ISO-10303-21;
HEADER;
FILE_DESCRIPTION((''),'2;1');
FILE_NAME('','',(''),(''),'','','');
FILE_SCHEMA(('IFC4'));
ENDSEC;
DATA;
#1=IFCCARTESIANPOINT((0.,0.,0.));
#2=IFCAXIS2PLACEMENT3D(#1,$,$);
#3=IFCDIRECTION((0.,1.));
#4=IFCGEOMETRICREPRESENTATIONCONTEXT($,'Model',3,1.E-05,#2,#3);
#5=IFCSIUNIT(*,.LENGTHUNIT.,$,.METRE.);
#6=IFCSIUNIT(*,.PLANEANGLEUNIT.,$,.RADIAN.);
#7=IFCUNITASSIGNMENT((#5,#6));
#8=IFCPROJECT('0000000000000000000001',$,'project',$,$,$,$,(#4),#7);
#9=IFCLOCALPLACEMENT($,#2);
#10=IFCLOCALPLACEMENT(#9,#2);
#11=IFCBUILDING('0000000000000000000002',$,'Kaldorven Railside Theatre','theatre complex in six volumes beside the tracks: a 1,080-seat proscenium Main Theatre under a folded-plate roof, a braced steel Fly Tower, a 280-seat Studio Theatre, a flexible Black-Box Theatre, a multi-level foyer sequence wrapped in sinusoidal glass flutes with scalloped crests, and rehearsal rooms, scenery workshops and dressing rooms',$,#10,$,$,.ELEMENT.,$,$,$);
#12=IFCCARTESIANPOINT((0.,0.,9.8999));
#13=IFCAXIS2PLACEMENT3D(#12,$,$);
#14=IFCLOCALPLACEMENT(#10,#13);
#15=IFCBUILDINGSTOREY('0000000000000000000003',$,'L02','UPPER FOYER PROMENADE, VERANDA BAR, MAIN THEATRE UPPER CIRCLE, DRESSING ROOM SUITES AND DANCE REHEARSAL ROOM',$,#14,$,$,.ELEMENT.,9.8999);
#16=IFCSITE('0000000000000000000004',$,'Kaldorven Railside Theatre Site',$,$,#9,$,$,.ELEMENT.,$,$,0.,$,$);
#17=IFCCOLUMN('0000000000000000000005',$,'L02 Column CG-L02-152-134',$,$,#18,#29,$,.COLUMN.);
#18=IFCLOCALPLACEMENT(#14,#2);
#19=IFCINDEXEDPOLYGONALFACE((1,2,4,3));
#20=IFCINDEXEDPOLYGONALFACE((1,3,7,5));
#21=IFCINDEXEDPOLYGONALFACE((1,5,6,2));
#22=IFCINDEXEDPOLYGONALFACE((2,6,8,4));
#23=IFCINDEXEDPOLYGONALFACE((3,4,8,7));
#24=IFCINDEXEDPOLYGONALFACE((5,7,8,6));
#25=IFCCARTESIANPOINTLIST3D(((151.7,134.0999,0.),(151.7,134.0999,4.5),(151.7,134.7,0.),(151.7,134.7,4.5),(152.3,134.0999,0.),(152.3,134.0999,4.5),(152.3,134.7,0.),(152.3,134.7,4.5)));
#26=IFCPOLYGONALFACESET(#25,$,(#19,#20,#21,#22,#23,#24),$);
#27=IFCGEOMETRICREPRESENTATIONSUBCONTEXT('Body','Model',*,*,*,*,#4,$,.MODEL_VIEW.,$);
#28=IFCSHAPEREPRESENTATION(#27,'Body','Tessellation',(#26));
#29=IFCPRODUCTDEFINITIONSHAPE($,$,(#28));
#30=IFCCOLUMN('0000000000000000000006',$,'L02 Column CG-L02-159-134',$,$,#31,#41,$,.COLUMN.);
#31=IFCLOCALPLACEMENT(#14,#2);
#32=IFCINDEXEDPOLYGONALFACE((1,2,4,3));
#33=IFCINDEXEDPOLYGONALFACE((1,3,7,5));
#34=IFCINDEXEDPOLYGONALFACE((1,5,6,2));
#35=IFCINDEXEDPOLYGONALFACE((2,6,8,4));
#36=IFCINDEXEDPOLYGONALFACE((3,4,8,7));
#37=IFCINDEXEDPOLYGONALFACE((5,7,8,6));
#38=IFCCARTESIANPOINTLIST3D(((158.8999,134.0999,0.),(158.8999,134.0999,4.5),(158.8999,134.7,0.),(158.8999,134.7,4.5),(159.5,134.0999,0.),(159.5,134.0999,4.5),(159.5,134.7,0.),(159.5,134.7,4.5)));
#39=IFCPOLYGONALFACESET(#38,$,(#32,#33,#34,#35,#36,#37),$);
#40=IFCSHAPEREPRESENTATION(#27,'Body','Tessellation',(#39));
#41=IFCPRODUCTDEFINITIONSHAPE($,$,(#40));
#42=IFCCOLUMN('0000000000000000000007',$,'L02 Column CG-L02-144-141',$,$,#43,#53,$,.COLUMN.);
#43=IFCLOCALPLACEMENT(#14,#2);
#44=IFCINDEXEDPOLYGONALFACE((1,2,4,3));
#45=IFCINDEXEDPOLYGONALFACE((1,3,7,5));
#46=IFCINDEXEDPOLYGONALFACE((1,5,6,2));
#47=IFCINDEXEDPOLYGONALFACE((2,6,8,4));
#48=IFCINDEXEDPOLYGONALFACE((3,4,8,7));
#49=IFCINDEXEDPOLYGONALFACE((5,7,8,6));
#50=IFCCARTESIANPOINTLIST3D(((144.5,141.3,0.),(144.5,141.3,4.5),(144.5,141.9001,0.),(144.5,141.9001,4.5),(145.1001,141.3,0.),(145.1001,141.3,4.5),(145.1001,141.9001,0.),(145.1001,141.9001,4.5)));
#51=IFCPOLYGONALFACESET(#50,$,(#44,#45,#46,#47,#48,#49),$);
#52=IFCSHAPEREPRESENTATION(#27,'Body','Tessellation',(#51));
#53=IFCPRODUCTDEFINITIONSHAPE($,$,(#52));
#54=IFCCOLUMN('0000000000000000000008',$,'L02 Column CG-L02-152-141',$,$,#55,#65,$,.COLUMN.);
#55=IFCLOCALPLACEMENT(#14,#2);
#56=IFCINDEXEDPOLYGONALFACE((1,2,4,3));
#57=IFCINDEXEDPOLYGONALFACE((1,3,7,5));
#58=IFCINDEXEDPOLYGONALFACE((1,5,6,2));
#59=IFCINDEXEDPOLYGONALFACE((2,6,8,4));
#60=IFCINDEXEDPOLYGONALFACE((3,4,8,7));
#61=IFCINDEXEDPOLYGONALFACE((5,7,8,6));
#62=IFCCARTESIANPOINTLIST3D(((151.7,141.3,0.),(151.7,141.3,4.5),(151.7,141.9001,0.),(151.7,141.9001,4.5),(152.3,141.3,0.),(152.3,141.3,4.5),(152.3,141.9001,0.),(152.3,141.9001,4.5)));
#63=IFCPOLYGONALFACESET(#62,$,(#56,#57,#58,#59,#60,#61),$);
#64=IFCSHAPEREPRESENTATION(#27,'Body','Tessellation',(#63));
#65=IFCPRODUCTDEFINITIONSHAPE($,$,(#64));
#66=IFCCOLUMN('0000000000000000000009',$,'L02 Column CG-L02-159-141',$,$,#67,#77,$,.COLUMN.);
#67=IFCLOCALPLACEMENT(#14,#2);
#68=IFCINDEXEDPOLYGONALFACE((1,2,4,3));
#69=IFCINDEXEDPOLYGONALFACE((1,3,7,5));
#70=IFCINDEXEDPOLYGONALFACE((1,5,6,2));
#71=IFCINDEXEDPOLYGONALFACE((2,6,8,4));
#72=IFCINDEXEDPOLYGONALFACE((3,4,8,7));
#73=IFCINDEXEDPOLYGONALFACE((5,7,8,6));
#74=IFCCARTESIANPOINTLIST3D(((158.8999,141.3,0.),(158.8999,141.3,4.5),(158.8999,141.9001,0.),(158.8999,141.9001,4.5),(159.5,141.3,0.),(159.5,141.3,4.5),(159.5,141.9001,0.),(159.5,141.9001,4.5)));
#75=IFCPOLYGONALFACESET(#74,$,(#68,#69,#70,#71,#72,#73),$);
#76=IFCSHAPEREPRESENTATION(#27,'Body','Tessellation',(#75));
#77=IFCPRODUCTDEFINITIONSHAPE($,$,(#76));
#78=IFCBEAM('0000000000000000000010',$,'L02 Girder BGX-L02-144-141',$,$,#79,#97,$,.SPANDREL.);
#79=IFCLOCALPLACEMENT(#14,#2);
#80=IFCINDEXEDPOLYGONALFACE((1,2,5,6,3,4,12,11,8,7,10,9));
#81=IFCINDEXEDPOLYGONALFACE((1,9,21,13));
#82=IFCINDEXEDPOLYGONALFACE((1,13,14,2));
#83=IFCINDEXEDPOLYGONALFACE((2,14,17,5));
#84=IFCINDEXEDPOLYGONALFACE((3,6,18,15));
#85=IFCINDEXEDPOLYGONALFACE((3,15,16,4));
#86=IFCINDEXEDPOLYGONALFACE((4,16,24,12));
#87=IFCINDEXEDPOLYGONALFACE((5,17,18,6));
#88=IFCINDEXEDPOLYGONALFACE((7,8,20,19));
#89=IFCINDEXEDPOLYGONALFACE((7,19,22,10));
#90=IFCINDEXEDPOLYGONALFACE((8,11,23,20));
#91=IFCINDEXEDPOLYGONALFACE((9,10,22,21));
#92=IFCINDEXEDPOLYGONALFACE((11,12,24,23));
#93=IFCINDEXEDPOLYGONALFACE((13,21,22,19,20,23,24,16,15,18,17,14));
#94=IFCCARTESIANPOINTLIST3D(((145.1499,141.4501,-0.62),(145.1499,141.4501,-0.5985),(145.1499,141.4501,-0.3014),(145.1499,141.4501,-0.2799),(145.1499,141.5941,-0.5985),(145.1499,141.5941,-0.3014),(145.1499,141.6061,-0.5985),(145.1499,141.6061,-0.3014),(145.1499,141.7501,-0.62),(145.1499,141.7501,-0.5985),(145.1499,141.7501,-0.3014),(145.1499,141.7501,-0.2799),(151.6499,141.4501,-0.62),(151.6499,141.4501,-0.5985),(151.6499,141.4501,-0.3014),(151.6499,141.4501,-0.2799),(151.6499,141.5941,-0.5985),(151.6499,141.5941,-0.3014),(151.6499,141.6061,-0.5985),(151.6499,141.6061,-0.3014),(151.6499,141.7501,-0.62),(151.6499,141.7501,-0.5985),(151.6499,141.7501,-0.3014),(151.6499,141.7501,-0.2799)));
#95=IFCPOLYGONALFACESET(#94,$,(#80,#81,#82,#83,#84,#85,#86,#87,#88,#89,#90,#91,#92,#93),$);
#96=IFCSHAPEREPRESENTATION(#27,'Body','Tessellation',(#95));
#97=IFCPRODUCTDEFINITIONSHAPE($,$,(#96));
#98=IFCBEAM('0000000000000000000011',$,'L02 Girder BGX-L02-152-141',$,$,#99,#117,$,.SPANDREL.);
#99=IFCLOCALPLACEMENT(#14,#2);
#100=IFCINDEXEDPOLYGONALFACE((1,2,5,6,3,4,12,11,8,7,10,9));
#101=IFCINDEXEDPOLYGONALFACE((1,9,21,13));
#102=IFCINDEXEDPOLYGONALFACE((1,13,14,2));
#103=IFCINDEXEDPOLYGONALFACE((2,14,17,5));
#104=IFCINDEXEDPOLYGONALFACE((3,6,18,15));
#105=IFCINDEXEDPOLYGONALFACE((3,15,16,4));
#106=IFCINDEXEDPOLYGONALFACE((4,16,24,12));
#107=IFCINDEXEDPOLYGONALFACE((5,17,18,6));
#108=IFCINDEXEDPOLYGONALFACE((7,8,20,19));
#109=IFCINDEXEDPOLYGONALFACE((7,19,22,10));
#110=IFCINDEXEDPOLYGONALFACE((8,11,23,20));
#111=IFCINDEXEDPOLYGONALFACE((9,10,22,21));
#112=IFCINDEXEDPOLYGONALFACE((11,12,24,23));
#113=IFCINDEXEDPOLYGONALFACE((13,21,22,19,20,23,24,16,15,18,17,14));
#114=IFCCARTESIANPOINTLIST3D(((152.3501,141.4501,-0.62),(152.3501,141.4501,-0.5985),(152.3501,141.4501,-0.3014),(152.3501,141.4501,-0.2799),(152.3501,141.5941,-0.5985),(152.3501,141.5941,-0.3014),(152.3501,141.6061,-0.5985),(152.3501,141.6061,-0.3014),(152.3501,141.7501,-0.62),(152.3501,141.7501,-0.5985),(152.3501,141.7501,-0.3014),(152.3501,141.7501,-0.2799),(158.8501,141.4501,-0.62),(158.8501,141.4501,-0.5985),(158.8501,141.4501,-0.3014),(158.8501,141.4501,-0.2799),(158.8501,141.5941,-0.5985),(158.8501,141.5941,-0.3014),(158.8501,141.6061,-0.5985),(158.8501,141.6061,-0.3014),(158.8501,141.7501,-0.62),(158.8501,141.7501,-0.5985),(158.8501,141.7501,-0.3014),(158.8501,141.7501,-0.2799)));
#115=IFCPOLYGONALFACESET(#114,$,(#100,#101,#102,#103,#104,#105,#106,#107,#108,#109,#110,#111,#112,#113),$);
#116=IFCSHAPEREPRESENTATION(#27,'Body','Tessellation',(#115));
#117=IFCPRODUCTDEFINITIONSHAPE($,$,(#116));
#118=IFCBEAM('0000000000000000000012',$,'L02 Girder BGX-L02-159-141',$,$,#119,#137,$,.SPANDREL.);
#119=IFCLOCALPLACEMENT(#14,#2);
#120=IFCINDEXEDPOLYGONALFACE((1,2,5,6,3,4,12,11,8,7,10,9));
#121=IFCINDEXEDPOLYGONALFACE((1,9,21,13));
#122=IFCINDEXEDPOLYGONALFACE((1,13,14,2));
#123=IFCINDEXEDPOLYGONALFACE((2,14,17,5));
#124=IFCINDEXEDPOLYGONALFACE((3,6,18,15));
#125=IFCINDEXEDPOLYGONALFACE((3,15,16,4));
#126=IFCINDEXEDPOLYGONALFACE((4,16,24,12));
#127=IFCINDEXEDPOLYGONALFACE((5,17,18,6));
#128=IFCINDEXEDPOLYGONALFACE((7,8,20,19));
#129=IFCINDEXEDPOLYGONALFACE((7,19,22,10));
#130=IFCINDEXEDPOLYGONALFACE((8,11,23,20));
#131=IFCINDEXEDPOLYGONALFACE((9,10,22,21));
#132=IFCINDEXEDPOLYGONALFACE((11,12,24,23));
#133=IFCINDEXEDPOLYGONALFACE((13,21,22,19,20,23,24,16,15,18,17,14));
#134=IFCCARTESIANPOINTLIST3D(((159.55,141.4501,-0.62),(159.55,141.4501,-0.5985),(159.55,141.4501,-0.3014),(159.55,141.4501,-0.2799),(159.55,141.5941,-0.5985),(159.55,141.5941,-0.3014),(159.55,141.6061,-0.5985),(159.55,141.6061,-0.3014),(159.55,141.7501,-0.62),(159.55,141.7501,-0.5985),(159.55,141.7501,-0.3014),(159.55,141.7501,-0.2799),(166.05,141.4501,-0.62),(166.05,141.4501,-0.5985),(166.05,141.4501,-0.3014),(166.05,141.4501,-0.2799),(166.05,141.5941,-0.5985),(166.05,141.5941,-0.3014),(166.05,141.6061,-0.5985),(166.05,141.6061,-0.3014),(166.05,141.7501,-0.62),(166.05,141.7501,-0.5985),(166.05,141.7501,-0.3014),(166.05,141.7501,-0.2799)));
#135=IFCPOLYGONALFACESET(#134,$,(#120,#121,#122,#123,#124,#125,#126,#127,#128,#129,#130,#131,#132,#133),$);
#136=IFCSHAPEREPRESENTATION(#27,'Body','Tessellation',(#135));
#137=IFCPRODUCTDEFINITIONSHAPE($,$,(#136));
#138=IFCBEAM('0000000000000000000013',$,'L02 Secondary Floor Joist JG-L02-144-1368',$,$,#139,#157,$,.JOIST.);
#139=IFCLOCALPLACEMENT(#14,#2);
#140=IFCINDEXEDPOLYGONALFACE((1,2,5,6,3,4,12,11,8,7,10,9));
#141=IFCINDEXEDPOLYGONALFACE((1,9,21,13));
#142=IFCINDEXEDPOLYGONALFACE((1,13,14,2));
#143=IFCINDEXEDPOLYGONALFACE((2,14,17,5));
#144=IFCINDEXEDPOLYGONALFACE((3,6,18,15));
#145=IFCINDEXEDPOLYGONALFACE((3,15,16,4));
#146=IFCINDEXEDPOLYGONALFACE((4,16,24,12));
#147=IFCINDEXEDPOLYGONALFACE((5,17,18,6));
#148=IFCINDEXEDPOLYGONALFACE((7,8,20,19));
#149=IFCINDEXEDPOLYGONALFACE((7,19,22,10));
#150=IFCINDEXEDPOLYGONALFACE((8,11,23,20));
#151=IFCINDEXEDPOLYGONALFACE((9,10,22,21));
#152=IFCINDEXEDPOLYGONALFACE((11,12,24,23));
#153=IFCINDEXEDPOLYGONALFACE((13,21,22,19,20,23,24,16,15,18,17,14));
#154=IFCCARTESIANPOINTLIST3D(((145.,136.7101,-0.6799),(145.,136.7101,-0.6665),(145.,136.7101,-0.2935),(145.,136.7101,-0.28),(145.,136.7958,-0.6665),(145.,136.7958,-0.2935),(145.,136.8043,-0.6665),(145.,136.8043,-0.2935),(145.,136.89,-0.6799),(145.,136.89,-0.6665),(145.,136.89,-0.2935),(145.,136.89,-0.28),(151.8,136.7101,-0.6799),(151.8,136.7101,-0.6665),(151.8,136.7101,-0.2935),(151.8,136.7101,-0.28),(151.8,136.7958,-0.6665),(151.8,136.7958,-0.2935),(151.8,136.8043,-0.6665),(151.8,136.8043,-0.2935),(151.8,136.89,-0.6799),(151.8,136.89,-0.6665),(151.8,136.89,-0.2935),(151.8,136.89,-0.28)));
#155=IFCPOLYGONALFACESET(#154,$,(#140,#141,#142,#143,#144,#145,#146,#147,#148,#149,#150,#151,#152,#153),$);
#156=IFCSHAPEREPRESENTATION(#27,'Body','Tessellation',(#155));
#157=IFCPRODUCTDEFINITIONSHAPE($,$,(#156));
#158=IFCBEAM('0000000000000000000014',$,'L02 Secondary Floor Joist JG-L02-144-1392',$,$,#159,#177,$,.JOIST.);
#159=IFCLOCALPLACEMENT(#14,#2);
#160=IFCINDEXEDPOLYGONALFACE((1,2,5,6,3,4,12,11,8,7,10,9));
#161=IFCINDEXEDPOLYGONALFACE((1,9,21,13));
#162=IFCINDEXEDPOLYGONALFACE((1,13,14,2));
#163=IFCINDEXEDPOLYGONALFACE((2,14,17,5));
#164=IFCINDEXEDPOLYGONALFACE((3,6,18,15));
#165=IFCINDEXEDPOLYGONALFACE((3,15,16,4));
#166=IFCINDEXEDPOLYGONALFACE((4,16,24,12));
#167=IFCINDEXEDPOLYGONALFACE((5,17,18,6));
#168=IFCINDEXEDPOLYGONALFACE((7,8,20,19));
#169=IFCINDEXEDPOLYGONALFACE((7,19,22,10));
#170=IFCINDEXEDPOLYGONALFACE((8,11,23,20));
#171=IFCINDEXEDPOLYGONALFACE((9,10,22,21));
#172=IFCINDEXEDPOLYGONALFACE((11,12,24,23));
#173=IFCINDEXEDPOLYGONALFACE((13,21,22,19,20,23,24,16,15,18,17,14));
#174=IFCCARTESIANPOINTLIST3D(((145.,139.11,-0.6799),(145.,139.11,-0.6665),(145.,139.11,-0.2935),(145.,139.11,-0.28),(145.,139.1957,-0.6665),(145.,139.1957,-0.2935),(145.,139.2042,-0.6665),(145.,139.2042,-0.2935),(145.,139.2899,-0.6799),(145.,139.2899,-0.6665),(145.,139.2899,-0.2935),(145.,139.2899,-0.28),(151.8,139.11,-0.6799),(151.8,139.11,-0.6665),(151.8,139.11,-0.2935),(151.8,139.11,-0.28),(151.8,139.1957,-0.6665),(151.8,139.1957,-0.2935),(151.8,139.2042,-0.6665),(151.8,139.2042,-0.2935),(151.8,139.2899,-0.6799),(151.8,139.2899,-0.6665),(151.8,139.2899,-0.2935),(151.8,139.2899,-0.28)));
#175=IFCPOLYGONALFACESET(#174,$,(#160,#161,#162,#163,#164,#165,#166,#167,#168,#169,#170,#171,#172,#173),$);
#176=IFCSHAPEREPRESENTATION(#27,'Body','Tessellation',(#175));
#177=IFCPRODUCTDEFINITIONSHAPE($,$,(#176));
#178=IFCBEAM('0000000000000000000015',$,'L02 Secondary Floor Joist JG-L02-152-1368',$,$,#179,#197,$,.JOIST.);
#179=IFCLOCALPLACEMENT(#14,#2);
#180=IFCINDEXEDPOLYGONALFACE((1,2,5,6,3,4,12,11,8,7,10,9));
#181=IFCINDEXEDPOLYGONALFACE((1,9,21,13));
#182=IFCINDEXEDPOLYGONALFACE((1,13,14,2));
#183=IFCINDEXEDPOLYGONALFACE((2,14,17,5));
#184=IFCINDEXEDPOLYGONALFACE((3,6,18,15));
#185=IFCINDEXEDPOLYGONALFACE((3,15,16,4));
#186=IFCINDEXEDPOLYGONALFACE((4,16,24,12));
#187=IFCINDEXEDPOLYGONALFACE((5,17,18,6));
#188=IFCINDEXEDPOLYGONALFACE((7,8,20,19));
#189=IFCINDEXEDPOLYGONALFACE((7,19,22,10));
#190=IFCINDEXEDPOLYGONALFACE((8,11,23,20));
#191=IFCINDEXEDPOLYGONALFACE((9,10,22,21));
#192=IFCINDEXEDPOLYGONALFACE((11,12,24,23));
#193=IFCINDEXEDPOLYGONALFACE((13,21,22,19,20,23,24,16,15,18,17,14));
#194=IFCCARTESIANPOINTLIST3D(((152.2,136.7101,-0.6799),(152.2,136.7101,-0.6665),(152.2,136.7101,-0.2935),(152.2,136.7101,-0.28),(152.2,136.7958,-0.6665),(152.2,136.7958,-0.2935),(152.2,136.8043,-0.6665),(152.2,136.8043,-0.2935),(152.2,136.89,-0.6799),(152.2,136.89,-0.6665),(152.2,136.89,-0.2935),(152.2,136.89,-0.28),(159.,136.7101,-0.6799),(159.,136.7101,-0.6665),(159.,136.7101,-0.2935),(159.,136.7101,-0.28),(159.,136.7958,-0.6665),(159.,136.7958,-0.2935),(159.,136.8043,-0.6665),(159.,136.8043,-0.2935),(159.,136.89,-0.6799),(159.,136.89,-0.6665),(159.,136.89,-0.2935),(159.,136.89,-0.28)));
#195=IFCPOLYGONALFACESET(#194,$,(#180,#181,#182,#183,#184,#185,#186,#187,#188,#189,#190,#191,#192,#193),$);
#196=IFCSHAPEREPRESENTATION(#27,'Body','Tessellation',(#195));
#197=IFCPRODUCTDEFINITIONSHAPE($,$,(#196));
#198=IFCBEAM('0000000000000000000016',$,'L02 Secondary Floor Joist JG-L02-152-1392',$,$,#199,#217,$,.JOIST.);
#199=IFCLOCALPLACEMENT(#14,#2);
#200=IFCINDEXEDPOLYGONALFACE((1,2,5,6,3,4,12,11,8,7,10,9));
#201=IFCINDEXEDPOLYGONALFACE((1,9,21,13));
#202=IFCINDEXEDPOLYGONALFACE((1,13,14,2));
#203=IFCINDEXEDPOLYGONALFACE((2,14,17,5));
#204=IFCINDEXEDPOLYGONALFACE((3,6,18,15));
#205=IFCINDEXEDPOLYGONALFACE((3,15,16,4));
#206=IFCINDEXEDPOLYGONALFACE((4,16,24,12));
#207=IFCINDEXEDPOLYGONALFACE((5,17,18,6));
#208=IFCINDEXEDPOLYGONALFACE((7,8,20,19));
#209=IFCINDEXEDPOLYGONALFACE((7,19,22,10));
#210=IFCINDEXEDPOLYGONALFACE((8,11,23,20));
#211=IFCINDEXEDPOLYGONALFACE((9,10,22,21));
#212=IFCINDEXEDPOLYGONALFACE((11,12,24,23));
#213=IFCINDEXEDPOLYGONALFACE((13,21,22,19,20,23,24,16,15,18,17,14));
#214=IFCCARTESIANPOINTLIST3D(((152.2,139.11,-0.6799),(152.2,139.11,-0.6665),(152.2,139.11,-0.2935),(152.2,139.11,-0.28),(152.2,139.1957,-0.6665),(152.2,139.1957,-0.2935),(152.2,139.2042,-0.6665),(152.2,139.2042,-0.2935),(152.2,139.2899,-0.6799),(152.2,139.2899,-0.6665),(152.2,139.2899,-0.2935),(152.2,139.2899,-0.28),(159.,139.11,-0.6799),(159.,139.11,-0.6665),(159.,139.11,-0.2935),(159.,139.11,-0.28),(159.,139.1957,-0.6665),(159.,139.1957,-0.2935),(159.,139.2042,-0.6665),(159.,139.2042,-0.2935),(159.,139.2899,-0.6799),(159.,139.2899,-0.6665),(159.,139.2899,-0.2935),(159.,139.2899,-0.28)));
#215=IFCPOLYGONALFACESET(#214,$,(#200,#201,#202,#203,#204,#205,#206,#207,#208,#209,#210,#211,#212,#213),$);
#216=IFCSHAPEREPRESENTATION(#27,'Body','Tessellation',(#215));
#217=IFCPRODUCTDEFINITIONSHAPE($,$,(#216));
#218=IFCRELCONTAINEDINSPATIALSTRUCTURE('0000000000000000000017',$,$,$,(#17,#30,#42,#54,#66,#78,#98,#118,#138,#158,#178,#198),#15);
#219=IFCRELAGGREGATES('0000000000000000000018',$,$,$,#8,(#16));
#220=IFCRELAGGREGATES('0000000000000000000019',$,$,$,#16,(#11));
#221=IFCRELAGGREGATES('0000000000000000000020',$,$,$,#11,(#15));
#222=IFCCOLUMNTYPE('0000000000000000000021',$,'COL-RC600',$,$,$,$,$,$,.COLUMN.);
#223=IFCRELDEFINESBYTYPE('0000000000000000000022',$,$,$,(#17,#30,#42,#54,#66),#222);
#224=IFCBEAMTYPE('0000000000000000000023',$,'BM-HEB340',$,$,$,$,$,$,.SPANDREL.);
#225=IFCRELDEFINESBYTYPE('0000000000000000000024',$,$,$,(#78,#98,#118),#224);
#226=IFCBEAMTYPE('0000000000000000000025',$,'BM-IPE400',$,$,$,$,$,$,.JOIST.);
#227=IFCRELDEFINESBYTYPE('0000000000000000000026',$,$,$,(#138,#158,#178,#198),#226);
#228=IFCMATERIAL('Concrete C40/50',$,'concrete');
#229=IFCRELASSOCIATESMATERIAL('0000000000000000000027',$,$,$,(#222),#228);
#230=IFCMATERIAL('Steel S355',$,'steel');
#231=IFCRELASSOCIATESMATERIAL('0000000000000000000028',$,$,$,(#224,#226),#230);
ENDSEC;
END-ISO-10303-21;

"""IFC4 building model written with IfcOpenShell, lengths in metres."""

from ifc_helpers import new_model, si_unit, direction, frame, origin, origin_2d, place, context, subcontext, project, spatial, rectangle, i_section, extrude, material, material_profile, profile_set, type_object, element, save


model = new_model("IFC4")

# Units and contexts
model_context = context("Model", 3, precision=1e-05, world=origin(), true_north=direction((0.0, 1.0)))
body_context = subcontext(model_context, "Body", "Model", "MODEL_VIEW")
ifc_project = project(units=[si_unit("LENGTHUNIT", "METRE"), si_unit("PLANEANGLEUNIT", "RADIAN")], contexts=[model_context])

# Site, building, storey
site_placement = place(None, origin())
site = spatial("IfcSite", under=ifc_project, at=site_placement, Name="Kaldorven Railside Theatre Site", CompositionType="ELEMENT", RefElevation=0.0)
building_placement = place(site_placement, origin())
building = spatial("IfcBuilding", under=site, at=building_placement, Name="Kaldorven Railside Theatre", Description="theatre complex in six volumes beside the tracks: a 1,080-seat proscenium Main Theatre under a folded-plate roof, a braced steel Fly Tower, a 280-seat Studio Theatre, a flexible Black-Box Theatre, a multi-level foyer sequence wrapped in sinusoidal glass flutes with scalloped crests, and rehearsal rooms, scenery workshops and dressing rooms", CompositionType="ELEMENT")
storey_placement = place(building_placement, frame((0.0, 0.0, 9.8999)))
storey = spatial("IfcBuildingStorey", under=building, at=storey_placement, Name="L02", Description="UPPER FOYER PROMENADE, VERANDA BAR, MAIN THEATRE UPPER CIRCLE, DRESSING ROOM SUITES AND DANCE REHEARSAL ROOM", CompositionType="ELEMENT", Elevation=9.8999)

# Columns
ifc_material_1 = material(Name="Concrete C40/50", Category="concrete")
ifc_material_profile_1 = material_profile(ifc_material_1, rectangle(XDim=0.6001, YDim=0.6001, at=origin_2d()), Name="RC 600x600")
ifc_profile_set_1 = profile_set([ifc_material_profile_1], Name="Concrete C40/50")
column_type = type_object("IfcColumnType", Name="COL-RC600", PredefinedType="COLUMN", material=ifc_profile_set_1)
for number, where, z_axis, x_axis, name in (
    (1, (152.0, 134.3999, 0.0), (0.0, 0.0, 1.0), (1.0, 0.0, 0.0), "L02 Column CG-L02-152-134"),
    (2, (159.2, 134.3999, 0.0), (0.0, 0.0, 1.0), (0.0, 1.0, 0.0), "L02 Column CG-L02-159-134"),
    (3, (144.8, 141.6001, 0.0), (0.0, 0.0, 1.0), (1.0, 0.0, 0.0), "L02 Column CG-L02-144-141"),
    (4, (152.0, 141.6001, 0.0), (0.0, 0.0, 1.0), (0.0, 1.0, 0.0), "L02 Column CG-L02-152-141"),
    (5, (159.2, 141.6001, 0.0), (0.0, 0.0, 1.0), (1.0, 0.0, 0.0), "L02 Column CG-L02-159-141"),
):
    element("IfcColumn", number, at=place(storey_placement, frame(where, z_axis=z_axis, x_axis=x_axis)), inside=storey, type_object=column_type, Name=name, PredefinedType="COLUMN", context=body_context, shape_type="SweptSolid", body=[
        extrude(rectangle(XDim=0.6001, YDim=0.6001, at=origin_2d()), origin(), (0.0, 0.0, 1.0), 4.5),
    ])

# Beams
ifc_material_2 = material(Name="Steel S355", Category="steel")
ifc_material_profile_2 = material_profile(ifc_material_2, i_section(OverallWidth=0.3, OverallDepth=0.3401, WebThickness=0.012, FlangeThickness=0.0215, at=origin_2d()), Name="HEB 340")
ifc_profile_set_2 = profile_set([ifc_material_profile_2], Name="Steel S355")
beam_type_1 = type_object("IfcBeamType", Name="BM-HEB340", PredefinedType="SPANDREL", material=ifc_profile_set_2)
for number, where, z_axis, x_axis, name in (
    (6, (145.1499, 141.6001, -0.45), (1.0, 0.0, 0.0), (0.0, 1.0, 0.0), "L02 Girder BGX-L02-144-141"),
    (7, (152.3501, 141.6001, -0.45), (1.0, 0.0, 0.0), (0.0, 1.0, 0.0), "L02 Girder BGX-L02-152-141"),
    (8, (159.55, 141.6001, -0.45), (1.0, 0.0, 0.0), (0.0, 1.0, 0.0), "L02 Girder BGX-L02-159-141"),
):
    element("IfcBeam", number, at=place(storey_placement, frame(where, z_axis=z_axis, x_axis=x_axis)), inside=storey, type_object=beam_type_1, Name=name, PredefinedType="SPANDREL", context=body_context, shape_type="SweptSolid", body=[
        extrude(i_section(OverallWidth=0.3, OverallDepth=0.3401, WebThickness=0.012, FlangeThickness=0.0215, at=origin_2d()), origin(), (0.0, 0.0, 1.0), 6.5),
    ])
ifc_material_profile_3 = material_profile(ifc_material_2, i_section(OverallWidth=0.1799, OverallDepth=0.3999, WebThickness=0.0085, FlangeThickness=0.0134, at=origin_2d()), Name="IPE 400")
ifc_profile_set_3 = profile_set([ifc_material_profile_3], Name="Steel S355")
beam_type_2 = type_object("IfcBeamType", Name="BM-IPE400", PredefinedType="JOIST", material=ifc_profile_set_3)
for number, where, z_axis, x_axis, name in (
    (9, (145.0, 136.8, -0.48), (1.0, 0.0, 0.0), (0.0, 1.0, 0.0), "L02 Secondary Floor Joist JG-L02-144-1368"),
    (10, (145.0, 139.2, -0.48), (1.0, 0.0, 0.0), (0.0, 1.0, 0.0), "L02 Secondary Floor Joist JG-L02-144-1392"),
    (11, (152.2, 136.8, -0.48), (1.0, 0.0, 0.0), (0.0, 1.0, 0.0), "L02 Secondary Floor Joist JG-L02-152-1368"),
    (12, (152.2, 139.2, -0.48), (1.0, 0.0, 0.0), (0.0, 1.0, 0.0), "L02 Secondary Floor Joist JG-L02-152-1392"),
):
    element("IfcBeam", number, at=place(storey_placement, frame(where, z_axis=z_axis, x_axis=x_axis)), inside=storey, type_object=beam_type_2, Name=name, PredefinedType="JOIST", context=body_context, shape_type="SweptSolid", body=[
        extrude(i_section(OverallWidth=0.1799, OverallDepth=0.3999, WebThickness=0.0085, FlangeThickness=0.0134, at=origin_2d()), origin(), (0.0, 0.0, 1.0), 6.8),
    ])

save(model, "model.ifc")
